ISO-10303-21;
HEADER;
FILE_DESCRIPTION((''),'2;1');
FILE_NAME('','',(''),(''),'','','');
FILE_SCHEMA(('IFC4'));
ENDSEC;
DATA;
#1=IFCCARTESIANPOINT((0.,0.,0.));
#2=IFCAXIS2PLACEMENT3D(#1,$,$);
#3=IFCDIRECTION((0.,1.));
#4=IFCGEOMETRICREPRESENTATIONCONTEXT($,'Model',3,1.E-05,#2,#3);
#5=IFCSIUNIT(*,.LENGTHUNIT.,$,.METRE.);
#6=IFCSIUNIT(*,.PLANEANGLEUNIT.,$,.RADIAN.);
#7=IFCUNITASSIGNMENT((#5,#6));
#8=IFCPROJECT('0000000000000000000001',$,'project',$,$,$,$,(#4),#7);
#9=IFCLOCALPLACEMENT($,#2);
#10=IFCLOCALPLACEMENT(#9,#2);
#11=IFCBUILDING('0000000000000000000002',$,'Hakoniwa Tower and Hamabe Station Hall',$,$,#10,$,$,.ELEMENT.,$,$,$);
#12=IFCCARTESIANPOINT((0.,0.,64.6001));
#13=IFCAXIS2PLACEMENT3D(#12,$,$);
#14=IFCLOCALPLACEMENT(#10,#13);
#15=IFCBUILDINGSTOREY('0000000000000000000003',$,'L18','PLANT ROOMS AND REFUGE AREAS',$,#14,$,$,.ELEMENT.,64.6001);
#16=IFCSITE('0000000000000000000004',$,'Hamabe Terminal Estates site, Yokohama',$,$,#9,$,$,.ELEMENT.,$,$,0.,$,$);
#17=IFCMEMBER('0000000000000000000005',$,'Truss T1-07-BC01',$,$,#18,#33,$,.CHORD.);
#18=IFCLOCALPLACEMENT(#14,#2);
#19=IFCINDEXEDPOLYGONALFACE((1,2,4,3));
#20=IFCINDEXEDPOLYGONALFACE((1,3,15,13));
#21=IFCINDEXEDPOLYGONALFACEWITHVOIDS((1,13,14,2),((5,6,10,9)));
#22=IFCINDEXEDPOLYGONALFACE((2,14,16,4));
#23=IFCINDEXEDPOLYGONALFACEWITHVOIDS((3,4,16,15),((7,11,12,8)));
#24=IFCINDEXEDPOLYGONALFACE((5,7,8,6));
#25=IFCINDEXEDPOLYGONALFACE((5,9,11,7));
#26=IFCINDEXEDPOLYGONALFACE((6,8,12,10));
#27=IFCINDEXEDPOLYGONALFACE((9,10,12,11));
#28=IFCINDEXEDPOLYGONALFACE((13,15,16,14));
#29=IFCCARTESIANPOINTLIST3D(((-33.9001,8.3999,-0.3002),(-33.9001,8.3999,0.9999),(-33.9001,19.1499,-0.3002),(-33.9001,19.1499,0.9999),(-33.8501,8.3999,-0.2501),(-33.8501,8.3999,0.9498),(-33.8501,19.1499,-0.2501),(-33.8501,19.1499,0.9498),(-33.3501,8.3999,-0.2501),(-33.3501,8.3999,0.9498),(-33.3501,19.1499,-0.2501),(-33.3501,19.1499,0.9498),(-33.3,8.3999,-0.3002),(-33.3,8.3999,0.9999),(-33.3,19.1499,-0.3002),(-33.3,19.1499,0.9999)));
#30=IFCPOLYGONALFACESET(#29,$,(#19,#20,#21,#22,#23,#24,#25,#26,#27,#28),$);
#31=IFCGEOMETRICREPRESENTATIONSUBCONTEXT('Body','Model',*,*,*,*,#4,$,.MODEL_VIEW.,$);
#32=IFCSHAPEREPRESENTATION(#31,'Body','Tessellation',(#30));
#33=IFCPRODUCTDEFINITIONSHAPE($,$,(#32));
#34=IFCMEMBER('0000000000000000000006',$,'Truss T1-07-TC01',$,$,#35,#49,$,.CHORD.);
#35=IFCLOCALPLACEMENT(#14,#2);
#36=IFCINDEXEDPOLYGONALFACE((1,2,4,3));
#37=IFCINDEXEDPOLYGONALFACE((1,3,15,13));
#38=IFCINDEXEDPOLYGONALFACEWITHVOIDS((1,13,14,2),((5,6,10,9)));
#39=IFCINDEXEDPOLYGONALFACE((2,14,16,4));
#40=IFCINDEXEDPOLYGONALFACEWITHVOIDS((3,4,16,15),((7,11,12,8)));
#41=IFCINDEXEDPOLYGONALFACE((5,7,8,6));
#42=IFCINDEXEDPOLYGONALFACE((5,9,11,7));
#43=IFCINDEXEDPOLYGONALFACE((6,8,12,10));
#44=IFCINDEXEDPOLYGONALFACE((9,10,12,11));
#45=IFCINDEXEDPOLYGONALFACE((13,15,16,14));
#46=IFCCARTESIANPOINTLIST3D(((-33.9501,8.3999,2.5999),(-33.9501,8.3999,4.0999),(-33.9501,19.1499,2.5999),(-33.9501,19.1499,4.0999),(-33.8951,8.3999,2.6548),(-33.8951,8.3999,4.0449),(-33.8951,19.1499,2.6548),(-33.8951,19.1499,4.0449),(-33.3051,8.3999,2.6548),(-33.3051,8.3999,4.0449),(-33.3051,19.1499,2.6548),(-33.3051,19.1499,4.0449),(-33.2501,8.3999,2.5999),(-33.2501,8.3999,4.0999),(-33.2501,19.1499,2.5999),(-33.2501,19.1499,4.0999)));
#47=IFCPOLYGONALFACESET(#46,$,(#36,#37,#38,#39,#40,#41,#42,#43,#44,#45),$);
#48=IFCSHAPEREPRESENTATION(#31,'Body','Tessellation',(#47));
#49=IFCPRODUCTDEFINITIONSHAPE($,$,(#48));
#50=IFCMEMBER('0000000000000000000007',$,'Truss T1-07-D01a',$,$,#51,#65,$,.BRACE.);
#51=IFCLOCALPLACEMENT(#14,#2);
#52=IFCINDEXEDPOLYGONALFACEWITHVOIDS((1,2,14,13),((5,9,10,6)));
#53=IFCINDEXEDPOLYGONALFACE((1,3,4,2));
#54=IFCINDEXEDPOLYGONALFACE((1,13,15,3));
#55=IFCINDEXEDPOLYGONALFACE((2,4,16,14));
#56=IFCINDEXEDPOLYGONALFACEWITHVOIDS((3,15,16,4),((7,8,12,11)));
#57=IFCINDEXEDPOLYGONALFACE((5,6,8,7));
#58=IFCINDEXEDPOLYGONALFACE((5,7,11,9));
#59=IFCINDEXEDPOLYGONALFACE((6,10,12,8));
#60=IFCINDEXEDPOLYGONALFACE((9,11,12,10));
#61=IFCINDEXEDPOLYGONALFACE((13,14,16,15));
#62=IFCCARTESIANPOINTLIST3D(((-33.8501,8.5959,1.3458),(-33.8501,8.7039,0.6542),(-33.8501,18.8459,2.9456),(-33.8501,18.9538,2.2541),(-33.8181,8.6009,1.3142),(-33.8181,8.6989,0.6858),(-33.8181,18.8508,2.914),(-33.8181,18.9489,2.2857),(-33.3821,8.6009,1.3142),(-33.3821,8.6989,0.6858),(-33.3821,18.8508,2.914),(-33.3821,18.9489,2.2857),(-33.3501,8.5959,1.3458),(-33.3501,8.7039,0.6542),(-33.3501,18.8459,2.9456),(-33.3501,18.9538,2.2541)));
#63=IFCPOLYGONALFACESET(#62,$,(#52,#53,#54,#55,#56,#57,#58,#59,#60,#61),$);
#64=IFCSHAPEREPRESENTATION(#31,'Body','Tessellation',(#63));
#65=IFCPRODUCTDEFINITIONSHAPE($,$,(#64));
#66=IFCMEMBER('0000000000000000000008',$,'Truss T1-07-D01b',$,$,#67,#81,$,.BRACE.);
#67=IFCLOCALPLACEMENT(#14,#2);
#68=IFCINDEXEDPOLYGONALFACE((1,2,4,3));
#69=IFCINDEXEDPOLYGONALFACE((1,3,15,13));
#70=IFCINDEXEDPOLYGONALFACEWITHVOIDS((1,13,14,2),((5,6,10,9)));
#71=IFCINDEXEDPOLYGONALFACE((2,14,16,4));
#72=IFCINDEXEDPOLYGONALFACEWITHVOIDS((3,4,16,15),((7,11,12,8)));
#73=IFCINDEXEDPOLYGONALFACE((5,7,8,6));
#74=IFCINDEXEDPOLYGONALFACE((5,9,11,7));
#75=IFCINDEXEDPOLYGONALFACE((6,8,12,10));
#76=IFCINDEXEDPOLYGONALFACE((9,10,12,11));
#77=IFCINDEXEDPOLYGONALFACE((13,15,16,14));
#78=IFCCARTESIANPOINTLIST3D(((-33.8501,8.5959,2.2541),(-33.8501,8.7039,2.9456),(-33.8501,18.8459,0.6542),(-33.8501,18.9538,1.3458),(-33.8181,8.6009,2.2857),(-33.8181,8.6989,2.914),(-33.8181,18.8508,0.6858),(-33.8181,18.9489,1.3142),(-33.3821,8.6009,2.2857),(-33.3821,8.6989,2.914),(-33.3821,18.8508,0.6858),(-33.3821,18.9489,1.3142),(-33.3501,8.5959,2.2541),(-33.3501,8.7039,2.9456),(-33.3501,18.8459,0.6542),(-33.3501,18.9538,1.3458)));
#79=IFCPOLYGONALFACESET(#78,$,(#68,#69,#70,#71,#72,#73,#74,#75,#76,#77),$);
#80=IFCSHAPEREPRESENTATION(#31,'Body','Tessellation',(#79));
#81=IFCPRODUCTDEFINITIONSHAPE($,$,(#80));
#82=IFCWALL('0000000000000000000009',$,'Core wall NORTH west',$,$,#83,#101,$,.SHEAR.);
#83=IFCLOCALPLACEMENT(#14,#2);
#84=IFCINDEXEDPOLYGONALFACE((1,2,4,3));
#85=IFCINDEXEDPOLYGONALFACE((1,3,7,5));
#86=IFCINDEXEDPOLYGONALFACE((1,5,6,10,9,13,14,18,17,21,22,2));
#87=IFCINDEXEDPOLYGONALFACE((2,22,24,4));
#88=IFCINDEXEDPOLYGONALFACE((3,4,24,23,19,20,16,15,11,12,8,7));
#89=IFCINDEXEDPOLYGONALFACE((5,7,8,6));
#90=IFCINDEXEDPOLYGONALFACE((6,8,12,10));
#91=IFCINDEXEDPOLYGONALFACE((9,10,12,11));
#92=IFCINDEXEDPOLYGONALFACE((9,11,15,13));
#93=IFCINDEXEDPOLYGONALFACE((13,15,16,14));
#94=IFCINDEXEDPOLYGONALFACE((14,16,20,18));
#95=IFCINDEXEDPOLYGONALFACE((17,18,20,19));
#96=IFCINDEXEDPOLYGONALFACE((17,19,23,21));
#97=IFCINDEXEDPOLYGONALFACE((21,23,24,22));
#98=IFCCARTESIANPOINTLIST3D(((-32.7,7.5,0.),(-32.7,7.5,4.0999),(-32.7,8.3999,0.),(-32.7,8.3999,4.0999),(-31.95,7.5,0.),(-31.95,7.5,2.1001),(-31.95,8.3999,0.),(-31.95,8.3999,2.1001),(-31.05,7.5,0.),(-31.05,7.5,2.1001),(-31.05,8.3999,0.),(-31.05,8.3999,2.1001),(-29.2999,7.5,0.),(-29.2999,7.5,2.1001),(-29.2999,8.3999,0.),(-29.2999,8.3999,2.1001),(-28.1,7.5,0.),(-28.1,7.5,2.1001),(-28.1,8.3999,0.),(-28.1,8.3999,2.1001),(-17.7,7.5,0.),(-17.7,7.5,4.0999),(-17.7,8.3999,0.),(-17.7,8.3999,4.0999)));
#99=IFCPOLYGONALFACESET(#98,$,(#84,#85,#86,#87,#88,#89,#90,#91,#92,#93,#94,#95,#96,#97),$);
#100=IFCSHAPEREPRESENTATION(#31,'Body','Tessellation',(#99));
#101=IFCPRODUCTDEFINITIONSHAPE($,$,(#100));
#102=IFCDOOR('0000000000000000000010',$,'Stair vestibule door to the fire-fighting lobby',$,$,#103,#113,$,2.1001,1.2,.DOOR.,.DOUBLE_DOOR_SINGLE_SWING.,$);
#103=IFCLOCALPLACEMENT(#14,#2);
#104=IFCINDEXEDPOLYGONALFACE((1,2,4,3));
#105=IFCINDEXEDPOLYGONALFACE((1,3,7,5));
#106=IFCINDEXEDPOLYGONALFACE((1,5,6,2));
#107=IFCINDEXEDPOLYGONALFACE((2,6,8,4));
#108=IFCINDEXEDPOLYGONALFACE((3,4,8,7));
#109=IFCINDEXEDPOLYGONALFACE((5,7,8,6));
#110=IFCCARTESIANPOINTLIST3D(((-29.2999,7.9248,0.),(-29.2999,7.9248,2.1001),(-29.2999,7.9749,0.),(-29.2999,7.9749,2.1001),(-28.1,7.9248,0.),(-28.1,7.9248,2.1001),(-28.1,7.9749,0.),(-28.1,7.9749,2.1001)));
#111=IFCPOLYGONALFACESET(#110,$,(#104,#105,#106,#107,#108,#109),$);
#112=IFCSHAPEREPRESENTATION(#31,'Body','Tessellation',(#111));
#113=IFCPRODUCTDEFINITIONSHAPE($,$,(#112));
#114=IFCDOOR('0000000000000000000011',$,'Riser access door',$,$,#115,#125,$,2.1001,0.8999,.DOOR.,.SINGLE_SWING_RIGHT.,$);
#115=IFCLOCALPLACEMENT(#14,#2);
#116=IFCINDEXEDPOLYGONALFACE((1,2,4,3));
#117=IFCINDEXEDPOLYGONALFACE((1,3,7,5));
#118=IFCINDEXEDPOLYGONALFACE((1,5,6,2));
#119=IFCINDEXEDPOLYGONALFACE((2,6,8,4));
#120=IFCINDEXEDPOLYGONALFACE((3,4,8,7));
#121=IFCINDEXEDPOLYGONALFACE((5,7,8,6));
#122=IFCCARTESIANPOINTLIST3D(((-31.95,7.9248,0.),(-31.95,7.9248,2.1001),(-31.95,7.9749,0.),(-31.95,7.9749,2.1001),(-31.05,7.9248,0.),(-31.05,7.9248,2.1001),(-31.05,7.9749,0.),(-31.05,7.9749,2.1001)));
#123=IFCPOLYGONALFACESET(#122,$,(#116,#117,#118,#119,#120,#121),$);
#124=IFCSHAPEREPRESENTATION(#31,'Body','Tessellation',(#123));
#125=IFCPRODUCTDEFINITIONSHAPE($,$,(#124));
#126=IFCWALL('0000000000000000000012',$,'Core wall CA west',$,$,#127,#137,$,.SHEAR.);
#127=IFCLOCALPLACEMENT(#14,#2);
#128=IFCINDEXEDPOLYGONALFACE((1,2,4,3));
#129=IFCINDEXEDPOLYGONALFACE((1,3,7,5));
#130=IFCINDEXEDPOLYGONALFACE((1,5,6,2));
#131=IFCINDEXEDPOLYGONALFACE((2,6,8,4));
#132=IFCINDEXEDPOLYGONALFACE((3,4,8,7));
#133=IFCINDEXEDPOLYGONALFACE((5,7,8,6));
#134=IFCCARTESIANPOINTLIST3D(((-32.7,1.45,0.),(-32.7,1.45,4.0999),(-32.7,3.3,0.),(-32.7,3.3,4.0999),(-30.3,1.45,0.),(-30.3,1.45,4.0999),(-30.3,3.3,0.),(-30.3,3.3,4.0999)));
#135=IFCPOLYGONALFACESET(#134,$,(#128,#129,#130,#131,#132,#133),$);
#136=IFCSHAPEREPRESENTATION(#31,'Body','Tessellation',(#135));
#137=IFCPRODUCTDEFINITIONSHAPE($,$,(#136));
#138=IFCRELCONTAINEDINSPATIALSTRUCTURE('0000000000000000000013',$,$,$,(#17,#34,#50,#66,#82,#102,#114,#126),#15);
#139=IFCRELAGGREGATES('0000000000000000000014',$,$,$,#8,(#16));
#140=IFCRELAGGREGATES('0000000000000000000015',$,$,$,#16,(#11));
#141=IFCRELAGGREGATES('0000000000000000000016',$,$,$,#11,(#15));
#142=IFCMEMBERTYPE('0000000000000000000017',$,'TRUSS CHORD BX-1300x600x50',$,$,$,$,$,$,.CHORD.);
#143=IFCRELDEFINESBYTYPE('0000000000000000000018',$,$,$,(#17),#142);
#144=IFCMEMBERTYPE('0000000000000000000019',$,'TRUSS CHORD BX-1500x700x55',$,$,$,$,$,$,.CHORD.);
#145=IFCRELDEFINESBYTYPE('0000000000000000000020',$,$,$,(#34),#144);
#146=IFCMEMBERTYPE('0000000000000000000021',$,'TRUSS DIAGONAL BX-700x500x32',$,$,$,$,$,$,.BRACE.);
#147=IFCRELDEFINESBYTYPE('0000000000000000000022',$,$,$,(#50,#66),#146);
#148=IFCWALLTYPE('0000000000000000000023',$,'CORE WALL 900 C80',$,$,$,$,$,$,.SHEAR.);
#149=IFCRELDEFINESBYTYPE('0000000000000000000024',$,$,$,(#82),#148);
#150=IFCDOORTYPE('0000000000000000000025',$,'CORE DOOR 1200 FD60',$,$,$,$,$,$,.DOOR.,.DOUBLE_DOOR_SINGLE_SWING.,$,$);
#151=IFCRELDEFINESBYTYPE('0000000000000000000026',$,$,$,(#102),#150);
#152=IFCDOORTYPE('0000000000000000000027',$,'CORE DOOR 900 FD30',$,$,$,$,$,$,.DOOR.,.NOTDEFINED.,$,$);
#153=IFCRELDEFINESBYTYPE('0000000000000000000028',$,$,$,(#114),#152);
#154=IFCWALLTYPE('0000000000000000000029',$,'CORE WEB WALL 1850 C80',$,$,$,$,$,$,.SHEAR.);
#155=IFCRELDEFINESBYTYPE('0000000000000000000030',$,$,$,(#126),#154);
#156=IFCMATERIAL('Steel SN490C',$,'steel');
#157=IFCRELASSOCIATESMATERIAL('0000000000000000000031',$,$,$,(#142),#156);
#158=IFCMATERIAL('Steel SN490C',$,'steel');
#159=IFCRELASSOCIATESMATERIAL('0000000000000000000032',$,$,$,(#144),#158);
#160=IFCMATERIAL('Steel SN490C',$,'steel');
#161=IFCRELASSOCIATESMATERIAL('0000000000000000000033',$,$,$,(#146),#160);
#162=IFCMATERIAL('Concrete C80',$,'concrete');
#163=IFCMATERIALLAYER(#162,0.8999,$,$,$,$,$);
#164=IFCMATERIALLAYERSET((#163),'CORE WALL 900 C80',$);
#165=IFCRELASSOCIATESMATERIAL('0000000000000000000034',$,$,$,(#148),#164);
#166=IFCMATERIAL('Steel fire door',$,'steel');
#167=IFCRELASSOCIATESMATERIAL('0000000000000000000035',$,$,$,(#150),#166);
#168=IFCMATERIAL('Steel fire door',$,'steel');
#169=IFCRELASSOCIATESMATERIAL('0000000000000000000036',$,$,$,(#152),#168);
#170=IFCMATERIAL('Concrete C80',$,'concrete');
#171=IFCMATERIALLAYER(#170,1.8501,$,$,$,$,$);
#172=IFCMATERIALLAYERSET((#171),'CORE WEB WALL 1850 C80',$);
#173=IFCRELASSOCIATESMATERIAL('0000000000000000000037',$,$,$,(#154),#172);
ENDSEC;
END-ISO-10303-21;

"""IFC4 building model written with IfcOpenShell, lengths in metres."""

from ifc_helpers import new_model, si_unit, direction, frame, frame_2d, origin, origin_2d, place, context, subcontext, project, spatial, rectangle, hollow_rectangle, extrude, material, layer, layer_set, material_profile, profile_set, type_object, element, fill, save


model = new_model("IFC4")

# Units and contexts
model_context = context("Model", 3, precision=1e-05, world=origin(), true_north=direction((0.0, 1.0)))
body_context = subcontext(model_context, "Body", "Model", "MODEL_VIEW")
ifc_project = project(units=[si_unit("LENGTHUNIT", "METRE"), si_unit("PLANEANGLEUNIT", "RADIAN")], contexts=[model_context])

# Site, building, storey
site_placement = place(None, origin())
site = spatial("IfcSite", under=ifc_project, at=site_placement, Name="Hamabe Terminal Estates site, Yokohama", CompositionType="ELEMENT", RefElevation=0.0)
building_placement = place(site_placement, origin())
building = spatial("IfcBuilding", under=site, at=building_placement, Name="Hakoniwa Tower and Hamabe Station Hall", CompositionType="ELEMENT")
storey_placement = place(building_placement, frame((0.0, 0.0, 64.6001)))
storey = spatial("IfcBuildingStorey", under=building, at=storey_placement, Name="L18", Description="PLANT ROOMS AND REFUGE AREAS", CompositionType="ELEMENT", Elevation=64.6001)

# Members
ifc_material_1 = material(Name="Steel SN490C", Category="steel")
ifc_material_profile_1 = material_profile(ifc_material_1, hollow_rectangle(XDim=0.6001, YDim=1.3, WallThickness=0.05, at=origin_2d()), Name="BX-1300x600x50")
ifc_profile_set_1 = profile_set([ifc_material_profile_1], Name="Steel SN490C")
member_type_1 = type_object("IfcMemberType", Name="TRUSS CHORD BX-1300x600x50", PredefinedType="CHORD", material=ifc_profile_set_1)
member_1_placement = place(storey_placement, frame((-33.6001, 8.3999, 0.3499), z_axis=(0.0, 1.0, 0.0), x_axis=(-1.0, 0.0, 0.0)))
element("IfcMember", 1, at=member_1_placement, inside=storey, type_object=member_type_1, Name="Truss T1-07-BC01", PredefinedType="CHORD", context=body_context, shape_type="SweptSolid", body=[
    extrude(hollow_rectangle(XDim=0.6001, YDim=1.3, WallThickness=0.05, at=origin_2d()), origin(), (0.0, 0.0, 1.0), 10.75),
])
ifc_material_2 = material(Name="Steel SN490C", Category="steel")
ifc_material_profile_2 = material_profile(ifc_material_2, hollow_rectangle(XDim=0.7, YDim=1.5, WallThickness=0.0549, at=origin_2d()), Name="BX-1500x700x55")
ifc_profile_set_2 = profile_set([ifc_material_profile_2], Name="Steel SN490C")
member_type_2 = type_object("IfcMemberType", Name="TRUSS CHORD BX-1500x700x55", PredefinedType="CHORD", material=ifc_profile_set_2)
member_2_placement = place(storey_placement, frame((-33.6001, 8.3999, 3.3499), z_axis=(0.0, 1.0, 0.0), x_axis=(-1.0, 0.0, 0.0)))
element("IfcMember", 2, at=member_2_placement, inside=storey, type_object=member_type_2, Name="Truss T1-07-TC01", PredefinedType="CHORD", context=body_context, shape_type="SweptSolid", body=[
    extrude(hollow_rectangle(XDim=0.7, YDim=1.5, WallThickness=0.0549, at=origin_2d()), origin(), (0.0, 0.0, 1.0), 10.75),
])
ifc_material_3 = material(Name="Steel SN490C", Category="steel")
ifc_material_profile_3 = material_profile(ifc_material_3, hollow_rectangle(XDim=0.5, YDim=0.7, WallThickness=0.032, at=origin_2d()), Name="BX-700x500x32")
ifc_profile_set_3 = profile_set([ifc_material_profile_3], Name="Steel SN490C")
member_type_3 = type_object("IfcMemberType", Name="TRUSS DIAGONAL BX-700x500x32", PredefinedType="BRACE", material=ifc_profile_set_3)
for number, where, z_axis, x_axis, name in (
    (3, (-33.6001, 8.6499, 1.0), (0.0, 0.988037, 0.154216), (-1.0, 0.0, 0.0), "Truss T1-07-D01a"),
    (4, (-33.6001, 8.6499, 2.5999), (0.0, 0.988037, -0.154216), (-1.0, 0.0, 0.0), "Truss T1-07-D01b"),
):
    element("IfcMember", number, at=place(storey_placement, frame(where, z_axis=z_axis, x_axis=x_axis)), inside=storey, type_object=member_type_3, Name=name, PredefinedType="BRACE", context=body_context, shape_type="SweptSolid", body=[
        extrude(hollow_rectangle(XDim=0.5, YDim=0.7, WallThickness=0.032, at=origin_2d()), origin(), (0.0, 0.0, 1.0), 10.374),
    ])

# Wall, openings, doors
ifc_material_4 = material(Name="Concrete C80", Category="concrete")
ifc_layer_1 = layer(ifc_material_4, 0.8999)
ifc_layer_set_1 = layer_set([ifc_layer_1], Name="CORE WALL 900 C80")
wall_type_1 = type_object("IfcWallType", Name="CORE WALL 900 C80", PredefinedType="SHEAR", material=ifc_layer_set_1)
wall_1_placement = place(storey_placement, frame((-32.7, 7.95, 0.0), z_axis=(0.0, 0.0, 1.0), x_axis=(1.0, 0.0, 0.0)))
wall_1 = element("IfcWall", 5, at=wall_1_placement, inside=storey, type_object=wall_type_1, Name="Core wall NORTH west", PredefinedType="SHEAR", context=body_context, shape_type="SweptSolid", body=[
    extrude(rectangle(XDim=15.0, YDim=0.8999, at=frame_2d((7.5, 0.0))), origin(), (0.0, 0.0, 1.0), 4.0999),
])
opening_1_placement = place(wall_1_placement, frame((3.3999, 0.0, 0.0)))
opening_1 = element("IfcOpeningElement", 6, at=opening_1_placement, cuts=wall_1, PredefinedType="OPENING", context=body_context, shape_type="SweptSolid", body=[
    extrude(rectangle(XDim=1.2, YDim=2.1001, at=frame_2d((0.6001, 1.05))), frame((0.0, 0.46, 0.0), z_axis=(0.0, -1.0, 0.0), x_axis=(1.0, 0.0, 0.0)), (0.0, 0.0, 1.0), 0.9199),
])
opening_2_placement = place(wall_1_placement, frame((0.75, 0.0, 0.0)))
opening_2 = element("IfcOpeningElement", 7, at=opening_2_placement, cuts=wall_1, PredefinedType="OPENING", context=body_context, shape_type="SweptSolid", body=[
    extrude(rectangle(XDim=0.8999, YDim=2.1001, at=frame_2d((0.45, 1.05))), frame((0.0, 0.46, 0.0), z_axis=(0.0, -1.0, 0.0), x_axis=(1.0, 0.0, 0.0)), (0.0, 0.0, 1.0), 0.9199),
])
ifc_material_5 = material(Name="Steel fire door", Category="steel")
door_type_1 = type_object("IfcDoorType", Name="CORE DOOR 1200 FD60", OperationType="DOUBLE_DOOR_SINGLE_SWING", PredefinedType="DOOR", material=ifc_material_5)
door_1_placement = place(opening_1_placement, origin())
door_1 = element("IfcDoor", 8, at=door_1_placement, inside=storey, type_object=door_type_1, Name="Stair vestibule door to the fire-fighting lobby", OperationType="DOUBLE_DOOR_SINGLE_SWING", OverallHeight=2.1001, OverallWidth=1.2, PredefinedType="DOOR", context=body_context, shape_type="SweptSolid", body=[
    extrude(rectangle(XDim=1.2, YDim=2.1001, at=frame_2d((0.6001, 1.05))), frame((0.0, 0.0249, 0.0), z_axis=(0.0, -1.0, 0.0), x_axis=(1.0, 0.0, 0.0)), (0.0, 0.0, 1.0), 0.05),
])
fill(opening_1, door_1)
ifc_material_6 = material(Name="Steel fire door", Category="steel")
door_type_2 = type_object("IfcDoorType", Name="CORE DOOR 900 FD30", OperationType="NOTDEFINED", PredefinedType="DOOR", material=ifc_material_6)
door_2_placement = place(opening_2_placement, origin())
door_2 = element("IfcDoor", 9, at=door_2_placement, inside=storey, type_object=door_type_2, Name="Riser access door", OperationType="SINGLE_SWING_RIGHT", OverallHeight=2.1001, OverallWidth=0.8999, PredefinedType="DOOR", context=body_context, shape_type="SweptSolid", body=[
    extrude(rectangle(XDim=0.8999, YDim=2.1001, at=frame_2d((0.45, 1.05))), frame((0.0, 0.0249, 0.0), z_axis=(0.0, -1.0, 0.0), x_axis=(1.0, 0.0, 0.0)), (0.0, 0.0, 1.0), 0.05),
])
fill(opening_2, door_2)

# Wall
ifc_material_7 = material(Name="Concrete C80", Category="concrete")
ifc_layer_2 = layer(ifc_material_7, 1.8501)
ifc_layer_set_2 = layer_set([ifc_layer_2], Name="CORE WEB WALL 1850 C80")
wall_type_2 = type_object("IfcWallType", Name="CORE WEB WALL 1850 C80", PredefinedType="SHEAR", material=ifc_layer_set_2)
wall_2_placement = place(storey_placement, frame((-32.7, 2.375, 0.0), z_axis=(0.0, 0.0, 1.0), x_axis=(1.0, 0.0, 0.0)))
element("IfcWall", 10, at=wall_2_placement, inside=storey, type_object=wall_type_2, Name="Core wall CA west", PredefinedType="SHEAR", context=body_context, shape_type="SweptSolid", body=[
    extrude(rectangle(XDim=2.3999, YDim=1.8501, at=frame_2d((1.2, 0.0))), origin(), (0.0, 0.0, 1.0), 4.0999),
])

save(model, "model.ifc")
